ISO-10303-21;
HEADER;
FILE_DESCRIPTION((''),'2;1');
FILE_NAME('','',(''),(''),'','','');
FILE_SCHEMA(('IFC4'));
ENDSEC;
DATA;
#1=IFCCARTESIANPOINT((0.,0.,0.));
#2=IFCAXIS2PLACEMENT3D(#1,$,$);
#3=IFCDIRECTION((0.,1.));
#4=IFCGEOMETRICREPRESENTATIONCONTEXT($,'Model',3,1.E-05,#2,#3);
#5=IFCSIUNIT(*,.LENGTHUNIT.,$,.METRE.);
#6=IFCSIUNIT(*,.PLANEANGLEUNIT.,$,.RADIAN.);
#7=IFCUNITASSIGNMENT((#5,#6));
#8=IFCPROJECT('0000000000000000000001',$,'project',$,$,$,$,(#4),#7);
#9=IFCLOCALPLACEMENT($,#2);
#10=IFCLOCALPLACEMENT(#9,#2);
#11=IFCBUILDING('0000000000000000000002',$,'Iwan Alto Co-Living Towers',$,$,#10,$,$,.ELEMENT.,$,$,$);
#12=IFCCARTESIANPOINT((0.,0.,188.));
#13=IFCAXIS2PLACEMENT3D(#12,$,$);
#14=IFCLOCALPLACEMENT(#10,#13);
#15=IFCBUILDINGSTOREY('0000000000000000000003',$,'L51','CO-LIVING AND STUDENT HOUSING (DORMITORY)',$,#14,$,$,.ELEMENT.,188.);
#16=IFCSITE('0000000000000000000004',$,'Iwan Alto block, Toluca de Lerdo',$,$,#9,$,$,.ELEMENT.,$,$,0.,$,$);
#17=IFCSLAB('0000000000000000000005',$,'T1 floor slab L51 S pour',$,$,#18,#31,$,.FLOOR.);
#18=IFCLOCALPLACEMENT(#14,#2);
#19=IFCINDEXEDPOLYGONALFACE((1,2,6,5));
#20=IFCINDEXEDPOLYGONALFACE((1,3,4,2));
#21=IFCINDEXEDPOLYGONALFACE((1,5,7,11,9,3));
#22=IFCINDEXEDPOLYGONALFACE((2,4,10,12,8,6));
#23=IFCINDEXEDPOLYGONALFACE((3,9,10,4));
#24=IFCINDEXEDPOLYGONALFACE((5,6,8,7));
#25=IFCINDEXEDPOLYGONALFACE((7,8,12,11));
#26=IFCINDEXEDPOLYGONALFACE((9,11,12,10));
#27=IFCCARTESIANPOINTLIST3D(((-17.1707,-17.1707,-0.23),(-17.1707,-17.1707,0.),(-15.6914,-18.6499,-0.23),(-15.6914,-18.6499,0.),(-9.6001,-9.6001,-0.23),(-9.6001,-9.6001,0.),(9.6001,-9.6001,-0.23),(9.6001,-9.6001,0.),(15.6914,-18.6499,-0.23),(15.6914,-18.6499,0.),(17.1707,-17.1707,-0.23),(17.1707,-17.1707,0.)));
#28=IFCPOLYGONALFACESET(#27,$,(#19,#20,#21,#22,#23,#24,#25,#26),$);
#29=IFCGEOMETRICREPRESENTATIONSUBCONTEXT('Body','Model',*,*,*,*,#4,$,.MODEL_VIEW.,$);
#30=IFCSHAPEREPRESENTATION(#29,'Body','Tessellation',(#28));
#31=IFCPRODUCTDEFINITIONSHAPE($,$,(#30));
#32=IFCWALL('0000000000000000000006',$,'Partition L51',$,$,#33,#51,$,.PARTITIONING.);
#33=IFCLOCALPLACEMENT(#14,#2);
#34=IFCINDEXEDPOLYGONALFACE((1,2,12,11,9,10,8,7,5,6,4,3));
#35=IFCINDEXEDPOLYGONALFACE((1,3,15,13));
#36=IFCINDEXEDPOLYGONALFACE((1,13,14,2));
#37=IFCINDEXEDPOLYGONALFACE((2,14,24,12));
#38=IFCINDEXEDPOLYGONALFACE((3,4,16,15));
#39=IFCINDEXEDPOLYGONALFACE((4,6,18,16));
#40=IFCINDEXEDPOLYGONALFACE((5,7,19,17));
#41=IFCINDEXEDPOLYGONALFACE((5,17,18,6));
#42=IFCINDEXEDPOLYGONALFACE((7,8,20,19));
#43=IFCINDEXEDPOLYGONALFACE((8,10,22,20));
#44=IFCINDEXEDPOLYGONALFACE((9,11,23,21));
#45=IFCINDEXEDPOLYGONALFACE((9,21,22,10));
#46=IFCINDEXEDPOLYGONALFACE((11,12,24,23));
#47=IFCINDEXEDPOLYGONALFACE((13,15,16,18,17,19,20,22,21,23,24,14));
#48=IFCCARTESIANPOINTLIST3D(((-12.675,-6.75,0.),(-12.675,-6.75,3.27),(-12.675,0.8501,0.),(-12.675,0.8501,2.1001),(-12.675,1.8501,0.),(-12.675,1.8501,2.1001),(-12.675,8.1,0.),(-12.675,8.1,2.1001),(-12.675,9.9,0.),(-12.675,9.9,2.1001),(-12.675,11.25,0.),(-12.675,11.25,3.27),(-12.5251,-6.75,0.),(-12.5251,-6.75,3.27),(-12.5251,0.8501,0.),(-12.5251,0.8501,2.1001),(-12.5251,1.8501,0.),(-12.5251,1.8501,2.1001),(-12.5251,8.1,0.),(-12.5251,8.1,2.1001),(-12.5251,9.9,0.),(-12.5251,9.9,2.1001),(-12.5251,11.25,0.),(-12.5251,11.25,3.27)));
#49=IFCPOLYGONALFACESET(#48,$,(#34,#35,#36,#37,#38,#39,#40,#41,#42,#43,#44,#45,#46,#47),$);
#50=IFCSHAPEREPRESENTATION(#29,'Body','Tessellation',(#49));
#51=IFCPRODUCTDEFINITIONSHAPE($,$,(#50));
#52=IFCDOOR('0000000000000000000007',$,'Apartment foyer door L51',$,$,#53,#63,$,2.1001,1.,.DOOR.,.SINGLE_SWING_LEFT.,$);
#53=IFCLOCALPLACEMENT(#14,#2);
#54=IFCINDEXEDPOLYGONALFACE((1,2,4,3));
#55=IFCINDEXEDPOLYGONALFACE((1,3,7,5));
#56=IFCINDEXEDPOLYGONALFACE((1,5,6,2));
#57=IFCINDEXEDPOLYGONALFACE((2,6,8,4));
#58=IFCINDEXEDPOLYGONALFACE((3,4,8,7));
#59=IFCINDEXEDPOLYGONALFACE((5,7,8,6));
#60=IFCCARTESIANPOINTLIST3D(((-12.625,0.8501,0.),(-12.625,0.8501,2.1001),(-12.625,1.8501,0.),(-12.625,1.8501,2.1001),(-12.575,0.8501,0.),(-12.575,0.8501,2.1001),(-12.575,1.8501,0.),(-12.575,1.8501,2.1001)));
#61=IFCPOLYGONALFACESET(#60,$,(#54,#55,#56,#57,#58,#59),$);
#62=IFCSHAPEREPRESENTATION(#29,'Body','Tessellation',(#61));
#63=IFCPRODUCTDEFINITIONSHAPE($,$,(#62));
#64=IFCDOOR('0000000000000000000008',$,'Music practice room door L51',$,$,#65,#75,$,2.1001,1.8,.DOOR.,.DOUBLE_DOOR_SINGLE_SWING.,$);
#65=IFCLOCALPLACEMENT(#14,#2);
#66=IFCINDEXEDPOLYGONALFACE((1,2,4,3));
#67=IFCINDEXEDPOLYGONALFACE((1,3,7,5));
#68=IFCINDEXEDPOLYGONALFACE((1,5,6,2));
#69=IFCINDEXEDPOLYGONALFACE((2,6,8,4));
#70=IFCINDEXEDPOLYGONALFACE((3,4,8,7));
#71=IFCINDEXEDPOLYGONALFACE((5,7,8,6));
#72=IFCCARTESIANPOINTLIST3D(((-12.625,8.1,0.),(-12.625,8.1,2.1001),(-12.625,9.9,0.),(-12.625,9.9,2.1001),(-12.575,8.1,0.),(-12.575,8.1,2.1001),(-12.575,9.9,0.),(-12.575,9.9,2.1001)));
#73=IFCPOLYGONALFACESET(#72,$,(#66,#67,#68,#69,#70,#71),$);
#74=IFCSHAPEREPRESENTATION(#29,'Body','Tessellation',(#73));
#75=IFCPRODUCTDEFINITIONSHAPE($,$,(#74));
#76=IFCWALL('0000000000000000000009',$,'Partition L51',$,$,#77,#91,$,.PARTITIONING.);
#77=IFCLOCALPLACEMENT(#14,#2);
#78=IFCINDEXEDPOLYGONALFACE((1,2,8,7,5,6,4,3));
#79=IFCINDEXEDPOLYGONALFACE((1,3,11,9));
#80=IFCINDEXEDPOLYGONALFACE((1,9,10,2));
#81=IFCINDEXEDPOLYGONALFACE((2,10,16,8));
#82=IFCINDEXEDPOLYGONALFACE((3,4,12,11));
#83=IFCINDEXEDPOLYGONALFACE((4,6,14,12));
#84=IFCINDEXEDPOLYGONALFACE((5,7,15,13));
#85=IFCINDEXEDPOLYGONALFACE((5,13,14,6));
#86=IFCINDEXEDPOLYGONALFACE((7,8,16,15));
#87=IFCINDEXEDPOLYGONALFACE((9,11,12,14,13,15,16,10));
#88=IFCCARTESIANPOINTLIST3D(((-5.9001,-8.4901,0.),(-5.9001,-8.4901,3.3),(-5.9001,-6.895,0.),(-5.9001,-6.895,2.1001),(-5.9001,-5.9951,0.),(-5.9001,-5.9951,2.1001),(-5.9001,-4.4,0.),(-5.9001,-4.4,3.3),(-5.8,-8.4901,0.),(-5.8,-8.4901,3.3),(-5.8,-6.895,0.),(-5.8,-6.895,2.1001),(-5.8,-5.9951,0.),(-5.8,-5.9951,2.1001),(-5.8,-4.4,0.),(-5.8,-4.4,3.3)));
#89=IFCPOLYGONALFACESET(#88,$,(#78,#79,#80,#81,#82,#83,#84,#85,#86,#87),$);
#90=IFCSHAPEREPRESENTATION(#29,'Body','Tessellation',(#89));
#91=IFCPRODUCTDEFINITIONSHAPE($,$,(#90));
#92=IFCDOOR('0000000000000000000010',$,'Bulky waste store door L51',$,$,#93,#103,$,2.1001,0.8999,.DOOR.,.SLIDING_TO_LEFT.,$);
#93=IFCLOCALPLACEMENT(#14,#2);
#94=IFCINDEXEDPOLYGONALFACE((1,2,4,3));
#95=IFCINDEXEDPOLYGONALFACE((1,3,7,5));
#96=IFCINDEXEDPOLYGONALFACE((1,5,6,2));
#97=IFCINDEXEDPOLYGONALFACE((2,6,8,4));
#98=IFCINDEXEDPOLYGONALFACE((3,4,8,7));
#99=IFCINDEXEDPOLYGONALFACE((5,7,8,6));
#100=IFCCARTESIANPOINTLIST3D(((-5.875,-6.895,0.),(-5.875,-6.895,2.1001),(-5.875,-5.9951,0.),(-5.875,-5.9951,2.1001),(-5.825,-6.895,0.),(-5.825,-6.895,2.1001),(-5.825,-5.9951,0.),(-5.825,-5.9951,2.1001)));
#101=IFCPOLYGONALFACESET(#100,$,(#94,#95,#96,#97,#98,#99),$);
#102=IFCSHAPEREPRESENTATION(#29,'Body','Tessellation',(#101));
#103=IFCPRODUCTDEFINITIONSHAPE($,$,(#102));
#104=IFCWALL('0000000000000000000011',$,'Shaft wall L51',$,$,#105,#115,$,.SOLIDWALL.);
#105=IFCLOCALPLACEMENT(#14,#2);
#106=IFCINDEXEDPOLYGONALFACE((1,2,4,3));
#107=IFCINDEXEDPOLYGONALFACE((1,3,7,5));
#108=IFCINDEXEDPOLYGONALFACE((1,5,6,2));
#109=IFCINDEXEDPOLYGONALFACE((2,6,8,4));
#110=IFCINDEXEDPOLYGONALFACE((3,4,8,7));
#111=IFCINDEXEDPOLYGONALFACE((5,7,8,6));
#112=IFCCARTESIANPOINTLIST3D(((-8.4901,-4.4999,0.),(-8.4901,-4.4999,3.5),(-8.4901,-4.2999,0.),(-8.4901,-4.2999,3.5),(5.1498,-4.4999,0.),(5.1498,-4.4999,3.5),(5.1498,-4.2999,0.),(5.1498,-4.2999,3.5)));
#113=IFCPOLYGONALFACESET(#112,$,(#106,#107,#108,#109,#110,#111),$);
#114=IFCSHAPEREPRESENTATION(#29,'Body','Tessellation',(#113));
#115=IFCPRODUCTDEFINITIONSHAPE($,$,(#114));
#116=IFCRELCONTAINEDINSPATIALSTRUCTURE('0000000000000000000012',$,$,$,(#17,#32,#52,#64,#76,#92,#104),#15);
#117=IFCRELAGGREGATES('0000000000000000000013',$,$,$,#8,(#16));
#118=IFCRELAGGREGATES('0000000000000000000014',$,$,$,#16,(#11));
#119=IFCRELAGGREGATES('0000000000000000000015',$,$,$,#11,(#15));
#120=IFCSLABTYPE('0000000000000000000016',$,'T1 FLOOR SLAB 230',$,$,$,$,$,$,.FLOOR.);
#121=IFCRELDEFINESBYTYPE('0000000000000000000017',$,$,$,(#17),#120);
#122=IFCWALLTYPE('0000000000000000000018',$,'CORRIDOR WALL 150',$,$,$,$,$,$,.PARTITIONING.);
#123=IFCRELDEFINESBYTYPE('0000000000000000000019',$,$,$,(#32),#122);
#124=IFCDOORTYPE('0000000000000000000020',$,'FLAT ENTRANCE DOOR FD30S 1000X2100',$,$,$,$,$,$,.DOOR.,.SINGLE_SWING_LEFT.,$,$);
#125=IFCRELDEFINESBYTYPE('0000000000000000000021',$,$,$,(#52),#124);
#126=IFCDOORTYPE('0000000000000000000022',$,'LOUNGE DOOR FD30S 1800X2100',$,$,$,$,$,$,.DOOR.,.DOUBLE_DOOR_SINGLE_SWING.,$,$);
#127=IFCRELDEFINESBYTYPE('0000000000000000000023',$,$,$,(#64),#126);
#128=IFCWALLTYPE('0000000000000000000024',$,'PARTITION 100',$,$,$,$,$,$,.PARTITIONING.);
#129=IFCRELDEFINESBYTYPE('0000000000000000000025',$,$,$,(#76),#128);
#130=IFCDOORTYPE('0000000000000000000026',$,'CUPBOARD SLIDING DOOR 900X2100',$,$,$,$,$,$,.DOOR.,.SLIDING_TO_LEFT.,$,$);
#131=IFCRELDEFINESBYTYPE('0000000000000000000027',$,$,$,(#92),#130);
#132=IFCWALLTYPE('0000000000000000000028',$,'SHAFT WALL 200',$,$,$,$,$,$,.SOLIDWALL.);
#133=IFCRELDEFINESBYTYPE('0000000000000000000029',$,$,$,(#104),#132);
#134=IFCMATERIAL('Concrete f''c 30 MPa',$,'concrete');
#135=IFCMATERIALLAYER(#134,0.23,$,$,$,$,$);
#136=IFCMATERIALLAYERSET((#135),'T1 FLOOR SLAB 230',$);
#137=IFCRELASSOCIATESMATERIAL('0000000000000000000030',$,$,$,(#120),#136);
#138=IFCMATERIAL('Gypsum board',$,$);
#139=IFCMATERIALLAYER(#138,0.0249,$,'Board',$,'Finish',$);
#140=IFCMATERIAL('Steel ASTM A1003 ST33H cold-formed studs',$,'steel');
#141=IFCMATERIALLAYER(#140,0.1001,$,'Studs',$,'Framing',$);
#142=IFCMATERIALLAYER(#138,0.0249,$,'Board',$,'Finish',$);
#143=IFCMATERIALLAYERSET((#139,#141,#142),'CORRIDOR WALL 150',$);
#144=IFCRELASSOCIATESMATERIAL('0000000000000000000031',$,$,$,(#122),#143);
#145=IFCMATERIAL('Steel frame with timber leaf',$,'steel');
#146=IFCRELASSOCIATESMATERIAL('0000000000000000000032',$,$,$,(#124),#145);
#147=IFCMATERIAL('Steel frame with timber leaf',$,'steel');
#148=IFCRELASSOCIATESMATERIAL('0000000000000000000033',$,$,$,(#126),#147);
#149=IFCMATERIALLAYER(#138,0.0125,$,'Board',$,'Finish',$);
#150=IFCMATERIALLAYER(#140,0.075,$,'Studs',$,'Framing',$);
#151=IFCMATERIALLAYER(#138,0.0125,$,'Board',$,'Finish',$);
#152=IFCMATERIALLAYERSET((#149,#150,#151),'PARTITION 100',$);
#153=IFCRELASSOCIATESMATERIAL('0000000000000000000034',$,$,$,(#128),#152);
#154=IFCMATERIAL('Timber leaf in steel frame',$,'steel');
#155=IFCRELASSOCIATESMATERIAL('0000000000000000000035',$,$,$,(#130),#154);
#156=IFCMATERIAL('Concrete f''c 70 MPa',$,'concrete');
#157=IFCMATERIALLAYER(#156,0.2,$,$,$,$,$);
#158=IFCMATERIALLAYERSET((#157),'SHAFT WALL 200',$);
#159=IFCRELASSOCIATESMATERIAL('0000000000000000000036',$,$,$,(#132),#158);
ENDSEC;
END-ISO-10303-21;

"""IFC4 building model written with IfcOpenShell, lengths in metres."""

from ifc_helpers import new_model, si_unit, direction, frame, frame_2d, origin, place, context, subcontext, project, spatial, polyline, rectangle, outline, extrude, material, layer, layer_set, type_object, element, fill, save


model = new_model("IFC4")

# Units and contexts
model_context = context("Model", 3, precision=1e-05, world=origin(), true_north=direction((0.0, 1.0)))
body_context = subcontext(model_context, "Body", "Model", "MODEL_VIEW")
ifc_project = project(units=[si_unit("LENGTHUNIT", "METRE"), si_unit("PLANEANGLEUNIT", "RADIAN")], contexts=[model_context])

# Site, building, storey
site_placement = place(None, origin())
site = spatial("IfcSite", under=ifc_project, at=site_placement, Name="Iwan Alto block, Toluca de Lerdo", CompositionType="ELEMENT", RefElevation=0.0)
building_placement = place(site_placement, origin())
building = spatial("IfcBuilding", under=site, at=building_placement, Name="Iwan Alto Co-Living Towers", CompositionType="ELEMENT")
storey_placement = place(building_placement, frame((0.0, 0.0, 188.0)))
storey = spatial("IfcBuildingStorey", under=building, at=storey_placement, Name="L51", Description="CO-LIVING AND STUDENT HOUSING (DORMITORY)", CompositionType="ELEMENT", Elevation=188.0)

# Slab
ifc_material_1 = material(Name="Concrete f'c 30 MPa", Category="concrete")
ifc_layer_1 = layer(ifc_material_1, 0.23)
ifc_layer_set_1 = layer_set([ifc_layer_1], Name="T1 FLOOR SLAB 230")
slab_type = type_object("IfcSlabType", Name="T1 FLOOR SLAB 230", PredefinedType="FLOOR", material=ifc_layer_set_1)
slab_placement = place(storey_placement, frame((0.0, 0.0, -0.23)))
element("IfcSlab", 1, at=slab_placement, inside=storey, type_object=slab_type, Name="T1 floor slab L51 S pour", PredefinedType="FLOOR", context=body_context, shape_type="SweptSolid", body=[
    extrude(outline(polyline([(15.6914, -18.6499), (-15.6914, -18.6499), (-17.1707, -17.1707), (-9.6001, -9.6001), (9.6001, -9.6001), (17.1707, -17.1707), (15.6914, -18.6499)])), origin(), (0.0, 0.0, 1.0), 0.23),
])

# Wall, openings, doors
ifc_material_2 = material(Name="Gypsum board")
ifc_layer_2 = layer(ifc_material_2, 0.0249, Name="Board", Category="Finish")
ifc_material_3 = material(Name="Steel ASTM A1003 ST33H cold-formed studs", Category="steel")
ifc_layer_3 = layer(ifc_material_3, 0.1001, Name="Studs", Category="Framing")
ifc_layer_4 = layer(ifc_material_2, 0.0249, Name="Board", Category="Finish")
ifc_layer_set_2 = layer_set([ifc_layer_2, ifc_layer_3, ifc_layer_4], Name="CORRIDOR WALL 150")
wall_type_1 = type_object("IfcWallType", Name="CORRIDOR WALL 150", PredefinedType="PARTITIONING", material=ifc_layer_set_2)
wall_1_placement = place(storey_placement, frame((-12.6001, -6.75, 0.0), z_axis=(0.0, 0.0, 1.0), x_axis=(0.0, 1.0, 0.0)))
wall_1 = element("IfcWall", 2, at=wall_1_placement, inside=storey, type_object=wall_type_1, Name="Partition L51", PredefinedType="PARTITIONING", context=body_context, shape_type="SweptSolid", body=[
    extrude(rectangle(XDim=18.0, YDim=0.1499, at=frame_2d((9.0, 0.0))), origin(), (0.0, 0.0, 1.0), 3.27),
])
opening_1_placement = place(wall_1_placement, frame((14.8501, 0.0, 0.0)))
opening_1 = element("IfcOpeningElement", 3, at=opening_1_placement, cuts=wall_1, PredefinedType="OPENING", context=body_context, shape_type="SweptSolid", body=[
    extrude(rectangle(XDim=1.8, YDim=2.1001, at=frame_2d((0.8999, 1.05))), frame((0.0, 0.085, 0.0), z_axis=(0.0, -1.0, 0.0), x_axis=(1.0, 0.0, 0.0)), (0.0, 0.0, 1.0), 0.1699),
])
opening_2_placement = place(wall_1_placement, frame((7.6001, 0.0, 0.0)))
opening_2 = element("IfcOpeningElement", 4, at=opening_2_placement, cuts=wall_1, PredefinedType="OPENING", context=body_context, shape_type="SweptSolid", body=[
    extrude(rectangle(XDim=1.0, YDim=2.1001, at=frame_2d((0.5, 1.05))), frame((0.0, 0.085, 0.0), z_axis=(0.0, -1.0, 0.0), x_axis=(1.0, 0.0, 0.0)), (0.0, 0.0, 1.0), 0.1699),
])
ifc_material_4 = material(Name="Steel frame with timber leaf", Category="steel")
door_type_1 = type_object("IfcDoorType", Name="FLAT ENTRANCE DOOR FD30S 1000X2100", OperationType="SINGLE_SWING_LEFT", PredefinedType="DOOR", material=ifc_material_4)
door_1_placement = place(opening_2_placement, origin())
door_1 = element("IfcDoor", 5, at=door_1_placement, inside=storey, type_object=door_type_1, Name="Apartment foyer door L51", OperationType="SINGLE_SWING_LEFT", OverallHeight=2.1001, OverallWidth=1.0, PredefinedType="DOOR", context=body_context, shape_type="SweptSolid", body=[
    extrude(rectangle(XDim=1.0, YDim=2.1001, at=frame_2d((0.5, 1.05))), frame((0.0, 0.0249, 0.0), z_axis=(0.0, -1.0, 0.0), x_axis=(1.0, 0.0, 0.0)), (0.0, 0.0, 1.0), 0.05),
])
fill(opening_2, door_1)
ifc_material_5 = material(Name="Steel frame with timber leaf", Category="steel")
door_type_2 = type_object("IfcDoorType", Name="LOUNGE DOOR FD30S 1800X2100", OperationType="DOUBLE_DOOR_SINGLE_SWING", PredefinedType="DOOR", material=ifc_material_5)
door_2_placement = place(opening_1_placement, origin())
door_2 = element("IfcDoor", 6, at=door_2_placement, inside=storey, type_object=door_type_2, Name="Music practice room door L51", OperationType="DOUBLE_DOOR_SINGLE_SWING", OverallHeight=2.1001, OverallWidth=1.8, PredefinedType="DOOR", context=body_context, shape_type="SweptSolid", body=[
    extrude(rectangle(XDim=1.8, YDim=2.1001, at=frame_2d((0.8999, 1.05))), frame((0.0, 0.0249, 0.0), z_axis=(0.0, -1.0, 0.0), x_axis=(1.0, 0.0, 0.0)), (0.0, 0.0, 1.0), 0.05),
])
fill(opening_1, door_2)

# Wall, opening, door
ifc_layer_5 = layer(ifc_material_2, 0.0125, Name="Board", Category="Finish")
ifc_layer_6 = layer(ifc_material_3, 0.075, Name="Studs", Category="Framing")
ifc_layer_7 = layer(ifc_material_2, 0.0125, Name="Board", Category="Finish")
ifc_layer_set_3 = layer_set([ifc_layer_5, ifc_layer_6, ifc_layer_7], Name="PARTITION 100")
wall_type_2 = type_object("IfcWallType", Name="PARTITION 100", PredefinedType="PARTITIONING", material=ifc_layer_set_3)
wall_2_placement = place(storey_placement, frame((-5.8501, -8.49, 0.0), z_axis=(0.0, 0.0, 1.0), x_axis=(0.0, 1.0, 0.0)))
wall_2 = element("IfcWall", 7, at=wall_2_placement, inside=storey, type_object=wall_type_2, Name="Partition L51", PredefinedType="PARTITIONING", context=body_context, shape_type="SweptSolid", body=[
    extrude(rectangle(XDim=4.0901, YDim=0.1001, at=frame_2d((2.0449, 0.0))), origin(), (0.0, 0.0, 1.0), 3.3),
])
opening_3_placement = place(wall_2_placement, frame((1.595, 0.0, 0.0)))
opening_3 = element("IfcOpeningElement", 8, at=opening_3_placement, cuts=wall_2, PredefinedType="OPENING", context=body_context, shape_type="SweptSolid", body=[
    extrude(rectangle(XDim=0.8999, YDim=2.1001, at=frame_2d((0.45, 1.05))), frame((0.0, 0.0601, 0.0), z_axis=(0.0, -1.0, 0.0), x_axis=(1.0, 0.0, 0.0)), (0.0, 0.0, 1.0), 0.1201),
])
ifc_material_6 = material(Name="Timber leaf in steel frame", Category="steel")
door_type_3 = type_object("IfcDoorType", Name="CUPBOARD SLIDING DOOR 900X2100", OperationType="SLIDING_TO_LEFT", PredefinedType="DOOR", material=ifc_material_6)
door_3_placement = place(opening_3_placement, origin())
door_3 = element("IfcDoor", 9, at=door_3_placement, inside=storey, type_object=door_type_3, Name="Bulky waste store door L51", OperationType="SLIDING_TO_LEFT", OverallHeight=2.1001, OverallWidth=0.8999, PredefinedType="DOOR", context=body_context, shape_type="SweptSolid", body=[
    extrude(rectangle(XDim=0.8999, YDim=2.1001, at=frame_2d((0.45, 1.05))), frame((0.0, 0.0249, 0.0), z_axis=(0.0, -1.0, 0.0), x_axis=(1.0, 0.0, 0.0)), (0.0, 0.0, 1.0), 0.05),
])
fill(opening_3, door_3)

# Wall
ifc_material_7 = material(Name="Concrete f'c 70 MPa", Category="concrete")
ifc_layer_8 = layer(ifc_material_7, 0.2)
ifc_layer_set_4 = layer_set([ifc_layer_8], Name="SHAFT WALL 200")
wall_type_3 = type_object("IfcWallType", Name="SHAFT WALL 200", PredefinedType="SOLIDWALL", material=ifc_layer_set_4)
wall_3_placement = place(storey_placement, frame((-8.49, -4.3999, 0.0), z_axis=(0.0, 0.0, 1.0), x_axis=(1.0, 0.0, 0.0)))
element("IfcWall", 10, at=wall_3_placement, inside=storey, type_object=wall_type_3, Name="Shaft wall L51", PredefinedType="SOLIDWALL", context=body_context, shape_type="SweptSolid", body=[
    extrude(rectangle(XDim=13.6399, YDim=0.2, at=frame_2d((6.8198, 0.0))), origin(), (0.0, 0.0, 1.0), 3.5),
])

save(model, "model.ifc")
